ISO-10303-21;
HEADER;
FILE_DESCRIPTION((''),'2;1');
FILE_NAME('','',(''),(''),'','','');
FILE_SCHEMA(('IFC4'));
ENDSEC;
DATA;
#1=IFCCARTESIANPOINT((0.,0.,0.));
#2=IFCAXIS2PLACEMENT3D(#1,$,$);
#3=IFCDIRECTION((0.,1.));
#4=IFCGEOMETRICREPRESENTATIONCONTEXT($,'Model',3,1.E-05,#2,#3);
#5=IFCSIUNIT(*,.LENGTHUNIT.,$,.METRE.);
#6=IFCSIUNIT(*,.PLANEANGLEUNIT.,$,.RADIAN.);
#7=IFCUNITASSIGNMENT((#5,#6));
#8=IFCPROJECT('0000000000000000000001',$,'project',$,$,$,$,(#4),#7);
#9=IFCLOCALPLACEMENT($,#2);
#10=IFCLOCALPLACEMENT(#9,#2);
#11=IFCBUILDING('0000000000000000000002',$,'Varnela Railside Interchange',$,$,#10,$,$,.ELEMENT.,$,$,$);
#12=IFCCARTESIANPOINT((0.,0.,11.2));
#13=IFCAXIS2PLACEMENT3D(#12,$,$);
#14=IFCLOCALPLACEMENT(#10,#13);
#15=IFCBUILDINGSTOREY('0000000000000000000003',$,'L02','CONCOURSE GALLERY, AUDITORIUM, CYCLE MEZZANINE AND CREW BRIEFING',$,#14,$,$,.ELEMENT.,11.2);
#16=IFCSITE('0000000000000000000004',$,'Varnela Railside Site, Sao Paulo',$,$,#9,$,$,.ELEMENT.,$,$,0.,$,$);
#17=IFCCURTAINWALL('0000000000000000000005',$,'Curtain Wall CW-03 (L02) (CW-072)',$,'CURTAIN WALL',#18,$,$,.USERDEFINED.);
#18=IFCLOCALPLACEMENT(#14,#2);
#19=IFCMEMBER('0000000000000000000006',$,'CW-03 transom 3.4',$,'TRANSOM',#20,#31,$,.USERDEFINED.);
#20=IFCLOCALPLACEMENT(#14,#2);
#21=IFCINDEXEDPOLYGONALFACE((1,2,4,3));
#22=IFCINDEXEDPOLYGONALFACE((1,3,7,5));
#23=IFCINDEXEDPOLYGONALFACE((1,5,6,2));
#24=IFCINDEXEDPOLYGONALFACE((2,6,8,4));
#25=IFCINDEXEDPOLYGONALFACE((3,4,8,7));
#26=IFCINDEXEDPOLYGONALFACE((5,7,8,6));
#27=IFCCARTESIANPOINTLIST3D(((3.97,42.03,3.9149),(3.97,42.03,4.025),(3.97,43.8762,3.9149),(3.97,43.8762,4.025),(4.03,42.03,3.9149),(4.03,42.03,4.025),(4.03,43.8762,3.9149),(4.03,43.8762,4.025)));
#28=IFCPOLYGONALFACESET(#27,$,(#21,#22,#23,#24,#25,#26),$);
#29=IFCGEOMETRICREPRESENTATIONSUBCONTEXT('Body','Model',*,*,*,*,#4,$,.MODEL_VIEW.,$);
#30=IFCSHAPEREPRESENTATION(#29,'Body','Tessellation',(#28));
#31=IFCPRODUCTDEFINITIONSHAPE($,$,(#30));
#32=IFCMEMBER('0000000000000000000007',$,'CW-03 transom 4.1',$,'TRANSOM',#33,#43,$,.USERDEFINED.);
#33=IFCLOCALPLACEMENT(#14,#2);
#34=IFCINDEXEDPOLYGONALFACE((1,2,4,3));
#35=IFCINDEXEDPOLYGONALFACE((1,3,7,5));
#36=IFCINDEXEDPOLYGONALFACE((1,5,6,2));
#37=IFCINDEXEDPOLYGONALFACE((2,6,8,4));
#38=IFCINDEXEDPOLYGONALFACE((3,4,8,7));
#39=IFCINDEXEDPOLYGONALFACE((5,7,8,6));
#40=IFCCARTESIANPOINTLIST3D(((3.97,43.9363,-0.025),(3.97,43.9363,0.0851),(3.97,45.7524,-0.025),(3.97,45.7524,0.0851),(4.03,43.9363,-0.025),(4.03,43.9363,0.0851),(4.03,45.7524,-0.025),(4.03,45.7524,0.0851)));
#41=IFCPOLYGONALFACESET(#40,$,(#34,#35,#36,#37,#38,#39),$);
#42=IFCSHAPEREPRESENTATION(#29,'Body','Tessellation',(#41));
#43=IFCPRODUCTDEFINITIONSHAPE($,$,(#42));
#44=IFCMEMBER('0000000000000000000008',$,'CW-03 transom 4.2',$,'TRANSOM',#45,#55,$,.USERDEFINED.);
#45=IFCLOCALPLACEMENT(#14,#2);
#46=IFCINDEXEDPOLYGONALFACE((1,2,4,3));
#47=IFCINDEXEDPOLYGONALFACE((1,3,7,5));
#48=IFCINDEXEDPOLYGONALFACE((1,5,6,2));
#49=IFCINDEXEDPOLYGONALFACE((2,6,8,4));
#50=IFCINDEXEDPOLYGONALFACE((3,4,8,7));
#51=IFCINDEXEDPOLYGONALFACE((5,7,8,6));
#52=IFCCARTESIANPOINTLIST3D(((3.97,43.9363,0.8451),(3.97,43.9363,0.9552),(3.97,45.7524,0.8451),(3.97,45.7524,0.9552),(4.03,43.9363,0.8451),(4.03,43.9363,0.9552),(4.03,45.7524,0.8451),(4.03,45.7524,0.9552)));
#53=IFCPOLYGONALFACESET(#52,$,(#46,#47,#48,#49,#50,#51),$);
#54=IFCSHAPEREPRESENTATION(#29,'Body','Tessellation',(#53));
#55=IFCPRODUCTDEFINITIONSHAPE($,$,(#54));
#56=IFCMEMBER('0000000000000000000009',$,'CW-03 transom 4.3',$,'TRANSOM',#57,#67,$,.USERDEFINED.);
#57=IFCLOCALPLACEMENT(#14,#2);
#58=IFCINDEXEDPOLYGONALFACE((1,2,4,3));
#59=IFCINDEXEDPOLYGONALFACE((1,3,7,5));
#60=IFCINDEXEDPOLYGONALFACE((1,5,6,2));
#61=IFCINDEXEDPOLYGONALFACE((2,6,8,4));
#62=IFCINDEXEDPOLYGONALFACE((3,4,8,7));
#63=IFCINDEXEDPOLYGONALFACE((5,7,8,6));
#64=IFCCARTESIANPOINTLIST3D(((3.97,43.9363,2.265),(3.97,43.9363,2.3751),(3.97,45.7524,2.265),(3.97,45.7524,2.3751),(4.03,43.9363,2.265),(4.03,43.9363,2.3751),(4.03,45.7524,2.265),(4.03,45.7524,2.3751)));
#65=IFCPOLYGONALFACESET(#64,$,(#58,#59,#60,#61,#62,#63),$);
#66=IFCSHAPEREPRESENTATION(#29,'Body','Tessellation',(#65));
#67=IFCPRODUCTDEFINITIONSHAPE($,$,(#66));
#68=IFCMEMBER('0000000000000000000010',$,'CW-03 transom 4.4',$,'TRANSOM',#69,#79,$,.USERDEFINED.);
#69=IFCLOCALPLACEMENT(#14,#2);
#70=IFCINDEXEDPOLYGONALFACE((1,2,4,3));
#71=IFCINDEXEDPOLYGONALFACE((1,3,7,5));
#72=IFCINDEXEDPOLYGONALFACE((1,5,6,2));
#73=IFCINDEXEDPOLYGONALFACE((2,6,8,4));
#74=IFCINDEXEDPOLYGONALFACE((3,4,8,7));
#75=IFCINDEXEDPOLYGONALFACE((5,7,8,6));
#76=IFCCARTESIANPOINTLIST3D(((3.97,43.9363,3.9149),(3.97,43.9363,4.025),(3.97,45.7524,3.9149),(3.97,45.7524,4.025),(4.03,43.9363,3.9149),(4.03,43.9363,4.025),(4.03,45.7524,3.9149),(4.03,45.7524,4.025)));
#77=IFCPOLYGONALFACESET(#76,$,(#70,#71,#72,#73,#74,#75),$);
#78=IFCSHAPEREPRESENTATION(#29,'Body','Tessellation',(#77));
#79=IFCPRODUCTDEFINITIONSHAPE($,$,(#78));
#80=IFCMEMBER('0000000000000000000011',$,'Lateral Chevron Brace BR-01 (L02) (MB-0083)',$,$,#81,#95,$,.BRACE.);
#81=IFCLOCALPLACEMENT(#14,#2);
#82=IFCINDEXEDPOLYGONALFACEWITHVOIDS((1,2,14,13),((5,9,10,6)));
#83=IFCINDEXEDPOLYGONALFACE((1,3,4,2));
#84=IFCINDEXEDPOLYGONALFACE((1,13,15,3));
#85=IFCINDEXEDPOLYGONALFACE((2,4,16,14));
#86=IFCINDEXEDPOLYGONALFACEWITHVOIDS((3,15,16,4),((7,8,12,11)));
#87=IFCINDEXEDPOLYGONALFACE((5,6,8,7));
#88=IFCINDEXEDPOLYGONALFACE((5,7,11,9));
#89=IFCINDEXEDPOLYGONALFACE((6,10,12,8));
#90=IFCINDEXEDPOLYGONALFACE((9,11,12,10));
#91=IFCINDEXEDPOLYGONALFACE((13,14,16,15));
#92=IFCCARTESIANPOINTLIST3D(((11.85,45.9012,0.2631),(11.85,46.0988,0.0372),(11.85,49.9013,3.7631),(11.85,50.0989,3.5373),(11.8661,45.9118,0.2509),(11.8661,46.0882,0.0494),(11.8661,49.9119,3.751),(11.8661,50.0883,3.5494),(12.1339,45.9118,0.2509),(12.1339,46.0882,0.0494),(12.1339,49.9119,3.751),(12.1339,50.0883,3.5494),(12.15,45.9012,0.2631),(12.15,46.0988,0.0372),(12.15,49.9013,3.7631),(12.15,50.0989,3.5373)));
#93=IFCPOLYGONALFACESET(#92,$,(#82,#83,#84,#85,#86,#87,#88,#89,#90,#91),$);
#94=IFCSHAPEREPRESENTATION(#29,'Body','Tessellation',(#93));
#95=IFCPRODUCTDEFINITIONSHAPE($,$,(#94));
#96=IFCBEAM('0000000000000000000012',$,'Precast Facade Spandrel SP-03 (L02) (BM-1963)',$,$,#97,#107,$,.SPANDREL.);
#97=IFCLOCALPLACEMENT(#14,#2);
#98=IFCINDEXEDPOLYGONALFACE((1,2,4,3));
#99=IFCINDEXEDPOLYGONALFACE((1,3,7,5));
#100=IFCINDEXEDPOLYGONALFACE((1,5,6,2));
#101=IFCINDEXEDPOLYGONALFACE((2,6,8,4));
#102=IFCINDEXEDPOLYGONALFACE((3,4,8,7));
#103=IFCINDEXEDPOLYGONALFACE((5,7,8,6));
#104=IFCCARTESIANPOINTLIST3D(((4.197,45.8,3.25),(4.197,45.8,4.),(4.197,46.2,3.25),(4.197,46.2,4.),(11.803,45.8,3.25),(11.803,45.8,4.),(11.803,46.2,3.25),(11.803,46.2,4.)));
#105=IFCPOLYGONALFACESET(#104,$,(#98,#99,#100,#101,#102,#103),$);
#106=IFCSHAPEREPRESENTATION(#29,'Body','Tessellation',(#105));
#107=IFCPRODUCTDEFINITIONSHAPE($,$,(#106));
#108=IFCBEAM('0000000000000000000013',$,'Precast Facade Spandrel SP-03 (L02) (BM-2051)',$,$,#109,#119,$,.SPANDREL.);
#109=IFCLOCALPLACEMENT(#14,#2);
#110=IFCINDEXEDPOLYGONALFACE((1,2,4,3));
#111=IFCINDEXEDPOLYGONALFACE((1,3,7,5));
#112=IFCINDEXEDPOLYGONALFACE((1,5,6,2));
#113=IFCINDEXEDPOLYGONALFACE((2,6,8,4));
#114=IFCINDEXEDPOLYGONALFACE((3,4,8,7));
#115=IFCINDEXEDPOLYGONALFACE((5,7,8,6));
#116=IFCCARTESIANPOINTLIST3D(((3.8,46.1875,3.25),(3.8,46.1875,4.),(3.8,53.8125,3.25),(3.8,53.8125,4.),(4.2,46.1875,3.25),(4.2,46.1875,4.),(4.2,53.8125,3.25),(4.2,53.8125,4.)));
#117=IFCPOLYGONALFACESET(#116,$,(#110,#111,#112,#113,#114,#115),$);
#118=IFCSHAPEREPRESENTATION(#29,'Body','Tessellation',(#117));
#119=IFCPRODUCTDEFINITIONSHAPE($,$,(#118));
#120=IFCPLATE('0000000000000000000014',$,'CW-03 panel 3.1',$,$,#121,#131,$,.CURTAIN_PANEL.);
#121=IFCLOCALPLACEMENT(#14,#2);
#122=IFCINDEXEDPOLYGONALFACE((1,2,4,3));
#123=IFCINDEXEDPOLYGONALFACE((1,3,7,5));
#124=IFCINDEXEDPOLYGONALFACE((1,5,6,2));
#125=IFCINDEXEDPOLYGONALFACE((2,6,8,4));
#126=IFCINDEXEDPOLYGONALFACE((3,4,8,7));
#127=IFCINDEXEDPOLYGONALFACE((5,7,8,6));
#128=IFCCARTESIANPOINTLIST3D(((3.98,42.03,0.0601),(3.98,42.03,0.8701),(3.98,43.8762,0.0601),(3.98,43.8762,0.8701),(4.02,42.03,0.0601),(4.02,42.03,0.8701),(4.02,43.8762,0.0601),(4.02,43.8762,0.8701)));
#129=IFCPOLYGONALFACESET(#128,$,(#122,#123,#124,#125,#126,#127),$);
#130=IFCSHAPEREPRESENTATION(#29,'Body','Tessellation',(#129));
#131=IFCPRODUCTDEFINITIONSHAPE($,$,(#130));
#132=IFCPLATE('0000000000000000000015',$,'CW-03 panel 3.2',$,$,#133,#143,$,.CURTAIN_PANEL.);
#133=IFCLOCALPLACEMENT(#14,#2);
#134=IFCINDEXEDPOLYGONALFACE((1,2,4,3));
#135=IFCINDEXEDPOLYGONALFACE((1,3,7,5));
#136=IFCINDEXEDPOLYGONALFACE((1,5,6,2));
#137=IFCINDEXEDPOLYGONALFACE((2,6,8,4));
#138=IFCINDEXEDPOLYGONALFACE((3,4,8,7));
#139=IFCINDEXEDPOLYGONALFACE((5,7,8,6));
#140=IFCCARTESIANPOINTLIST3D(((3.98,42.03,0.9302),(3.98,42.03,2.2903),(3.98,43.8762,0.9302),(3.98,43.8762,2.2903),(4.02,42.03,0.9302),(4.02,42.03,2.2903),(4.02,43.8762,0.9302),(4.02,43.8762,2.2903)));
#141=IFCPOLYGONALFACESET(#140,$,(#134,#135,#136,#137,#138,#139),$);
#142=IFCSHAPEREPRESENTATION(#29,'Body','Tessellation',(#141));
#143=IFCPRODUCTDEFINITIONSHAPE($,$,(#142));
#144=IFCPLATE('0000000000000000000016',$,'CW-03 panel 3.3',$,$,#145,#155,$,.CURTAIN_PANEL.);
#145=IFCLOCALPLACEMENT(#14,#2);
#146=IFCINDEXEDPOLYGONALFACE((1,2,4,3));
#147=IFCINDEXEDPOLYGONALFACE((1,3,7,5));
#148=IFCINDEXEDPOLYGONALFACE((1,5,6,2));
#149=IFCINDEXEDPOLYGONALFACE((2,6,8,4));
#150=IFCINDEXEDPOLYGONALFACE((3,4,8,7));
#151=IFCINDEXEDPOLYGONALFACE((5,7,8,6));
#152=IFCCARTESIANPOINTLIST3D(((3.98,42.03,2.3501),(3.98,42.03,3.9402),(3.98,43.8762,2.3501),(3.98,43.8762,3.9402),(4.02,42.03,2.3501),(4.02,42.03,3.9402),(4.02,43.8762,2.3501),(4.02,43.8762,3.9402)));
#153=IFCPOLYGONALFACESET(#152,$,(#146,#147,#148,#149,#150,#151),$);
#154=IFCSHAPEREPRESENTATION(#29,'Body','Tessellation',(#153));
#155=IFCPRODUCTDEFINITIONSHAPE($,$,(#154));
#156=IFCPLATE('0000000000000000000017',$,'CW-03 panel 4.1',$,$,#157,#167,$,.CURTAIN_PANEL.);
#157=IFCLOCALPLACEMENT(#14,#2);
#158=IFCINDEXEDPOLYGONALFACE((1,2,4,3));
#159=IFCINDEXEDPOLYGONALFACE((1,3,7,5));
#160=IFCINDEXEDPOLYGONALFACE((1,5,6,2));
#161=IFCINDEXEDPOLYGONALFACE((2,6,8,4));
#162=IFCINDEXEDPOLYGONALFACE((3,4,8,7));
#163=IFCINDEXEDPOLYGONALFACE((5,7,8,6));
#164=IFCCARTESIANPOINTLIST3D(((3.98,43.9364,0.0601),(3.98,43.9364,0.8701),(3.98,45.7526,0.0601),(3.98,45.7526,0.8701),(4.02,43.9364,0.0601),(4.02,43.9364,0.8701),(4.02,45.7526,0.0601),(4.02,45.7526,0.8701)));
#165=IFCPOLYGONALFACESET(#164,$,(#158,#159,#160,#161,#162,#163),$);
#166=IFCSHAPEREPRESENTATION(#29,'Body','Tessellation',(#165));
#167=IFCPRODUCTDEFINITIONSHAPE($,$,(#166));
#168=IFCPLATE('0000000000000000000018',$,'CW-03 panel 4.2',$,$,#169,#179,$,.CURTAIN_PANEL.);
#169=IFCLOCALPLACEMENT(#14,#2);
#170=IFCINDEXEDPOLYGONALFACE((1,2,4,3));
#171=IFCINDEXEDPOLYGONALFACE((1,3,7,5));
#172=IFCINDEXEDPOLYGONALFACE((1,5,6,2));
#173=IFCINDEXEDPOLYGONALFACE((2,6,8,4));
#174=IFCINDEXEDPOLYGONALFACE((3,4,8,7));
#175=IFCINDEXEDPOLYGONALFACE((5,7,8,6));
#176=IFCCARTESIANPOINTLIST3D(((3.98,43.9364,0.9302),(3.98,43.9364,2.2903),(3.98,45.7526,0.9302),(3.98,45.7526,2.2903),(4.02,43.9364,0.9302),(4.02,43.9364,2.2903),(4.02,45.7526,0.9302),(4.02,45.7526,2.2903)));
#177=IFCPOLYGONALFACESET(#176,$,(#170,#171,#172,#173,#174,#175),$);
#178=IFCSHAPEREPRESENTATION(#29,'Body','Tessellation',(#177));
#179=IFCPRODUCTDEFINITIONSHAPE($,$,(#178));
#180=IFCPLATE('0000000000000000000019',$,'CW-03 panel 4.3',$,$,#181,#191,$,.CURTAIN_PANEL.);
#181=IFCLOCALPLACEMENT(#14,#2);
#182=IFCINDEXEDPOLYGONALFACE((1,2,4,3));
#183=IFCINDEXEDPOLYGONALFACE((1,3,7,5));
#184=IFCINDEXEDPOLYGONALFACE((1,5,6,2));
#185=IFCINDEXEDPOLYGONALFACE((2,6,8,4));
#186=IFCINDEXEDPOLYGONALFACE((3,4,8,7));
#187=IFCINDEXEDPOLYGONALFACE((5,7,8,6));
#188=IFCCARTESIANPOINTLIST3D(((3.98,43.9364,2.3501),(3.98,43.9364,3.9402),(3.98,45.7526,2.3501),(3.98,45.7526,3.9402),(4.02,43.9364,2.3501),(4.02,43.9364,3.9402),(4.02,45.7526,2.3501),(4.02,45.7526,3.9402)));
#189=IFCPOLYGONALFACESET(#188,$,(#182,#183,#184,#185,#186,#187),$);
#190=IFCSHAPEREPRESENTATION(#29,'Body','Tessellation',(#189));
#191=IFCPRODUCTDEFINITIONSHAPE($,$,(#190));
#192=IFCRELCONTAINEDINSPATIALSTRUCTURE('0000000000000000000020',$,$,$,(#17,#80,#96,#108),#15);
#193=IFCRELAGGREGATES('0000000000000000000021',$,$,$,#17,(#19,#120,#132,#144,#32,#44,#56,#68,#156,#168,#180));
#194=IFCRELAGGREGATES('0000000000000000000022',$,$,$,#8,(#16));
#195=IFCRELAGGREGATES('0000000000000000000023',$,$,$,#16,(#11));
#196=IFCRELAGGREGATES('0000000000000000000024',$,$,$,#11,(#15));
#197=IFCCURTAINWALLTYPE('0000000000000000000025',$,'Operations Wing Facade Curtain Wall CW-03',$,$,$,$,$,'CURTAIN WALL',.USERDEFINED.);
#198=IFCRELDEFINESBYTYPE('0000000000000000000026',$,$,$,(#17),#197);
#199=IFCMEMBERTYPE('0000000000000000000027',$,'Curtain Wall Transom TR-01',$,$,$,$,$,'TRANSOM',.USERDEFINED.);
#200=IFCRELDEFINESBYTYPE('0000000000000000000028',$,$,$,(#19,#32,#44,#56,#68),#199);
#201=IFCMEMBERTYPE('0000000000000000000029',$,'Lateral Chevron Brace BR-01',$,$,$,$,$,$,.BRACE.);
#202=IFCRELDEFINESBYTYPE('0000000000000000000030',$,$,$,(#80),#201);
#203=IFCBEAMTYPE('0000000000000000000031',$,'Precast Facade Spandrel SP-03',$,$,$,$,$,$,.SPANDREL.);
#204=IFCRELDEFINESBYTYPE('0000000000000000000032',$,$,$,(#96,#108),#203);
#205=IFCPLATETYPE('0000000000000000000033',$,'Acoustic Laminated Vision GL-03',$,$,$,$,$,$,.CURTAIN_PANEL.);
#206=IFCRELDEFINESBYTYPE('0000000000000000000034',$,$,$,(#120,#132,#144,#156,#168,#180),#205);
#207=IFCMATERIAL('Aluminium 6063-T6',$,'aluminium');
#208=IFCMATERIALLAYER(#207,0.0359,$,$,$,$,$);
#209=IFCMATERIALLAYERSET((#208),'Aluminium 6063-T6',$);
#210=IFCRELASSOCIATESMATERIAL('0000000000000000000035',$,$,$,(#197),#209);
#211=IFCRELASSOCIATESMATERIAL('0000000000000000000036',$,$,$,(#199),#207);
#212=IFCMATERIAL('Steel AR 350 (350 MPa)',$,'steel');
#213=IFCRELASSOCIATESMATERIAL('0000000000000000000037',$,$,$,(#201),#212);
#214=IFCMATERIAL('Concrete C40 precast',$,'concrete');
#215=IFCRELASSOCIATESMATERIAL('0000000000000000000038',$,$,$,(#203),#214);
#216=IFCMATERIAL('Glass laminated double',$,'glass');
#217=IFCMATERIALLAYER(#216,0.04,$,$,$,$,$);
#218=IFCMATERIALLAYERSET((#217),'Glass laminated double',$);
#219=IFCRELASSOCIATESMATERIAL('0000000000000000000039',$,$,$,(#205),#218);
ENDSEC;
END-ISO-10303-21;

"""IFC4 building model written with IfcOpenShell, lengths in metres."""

from ifc_helpers import new_model, si_unit, direction, frame, origin, origin_2d, place, context, subcontext, project, spatial, rectangle, hollow_rectangle, extrude, material, layer, layer_set, material_profile, profile_set, type_object, element, aggregate, save


model = new_model("IFC4")

# Units and contexts
model_context = context("Model", 3, precision=1e-05, world=origin(), true_north=direction((0.0, 1.0)))
body_context = subcontext(model_context, "Body", "Model", "MODEL_VIEW")
ifc_project = project(units=[si_unit("LENGTHUNIT", "METRE"), si_unit("PLANEANGLEUNIT", "RADIAN")], contexts=[model_context])

# Site, building, storey
site_placement = place(None, origin())
site = spatial("IfcSite", under=ifc_project, at=site_placement, Name="Varnela Railside Site, Sao Paulo", CompositionType="ELEMENT", RefElevation=0.0)
building_placement = place(site_placement, origin())
building = spatial("IfcBuilding", under=site, at=building_placement, Name="Varnela Railside Interchange", CompositionType="ELEMENT")
storey_placement = place(building_placement, frame((0.0, 0.0, 11.2)))
storey = spatial("IfcBuildingStorey", under=building, at=storey_placement, Name="L02", Description="CONCOURSE GALLERY, AUDITORIUM, CYCLE MEZZANINE AND CREW BRIEFING", CompositionType="ELEMENT", Elevation=11.2)

# Shared definitions
ifc_material_1 = material(Name="Steel AR 350 (350 MPa)", Category="steel")

# Curtain wall, members
ifc_material_2 = material(Name="Aluminium 6063-T6", Category="aluminium")
ifc_layer_1 = layer(ifc_material_2, 0.0359)
ifc_layer_set_1 = layer_set([ifc_layer_1], Name="Aluminium 6063-T6")
curtain_wall_type = type_object("IfcCurtainWallType", Name="Operations Wing Facade Curtain Wall CW-03", ElementType="CURTAIN WALL", PredefinedType="USERDEFINED", material=ifc_layer_set_1)
curtain_wall_placement = place(storey_placement, origin())
curtain_wall = element("IfcCurtainWall", 1, at=curtain_wall_placement, inside=storey, type_object=curtain_wall_type, Name="Curtain Wall CW-03 (L02) (CW-072)", ObjectType="CURTAIN WALL", PredefinedType="USERDEFINED")
ifc_material_profile_1 = material_profile(ifc_material_2, rectangle(XDim=0.0601, YDim=0.1101, at=origin_2d()), Name="ALU 60x110")
ifc_profile_set_1 = profile_set([ifc_material_profile_1], Name="Aluminium 6063-T6")
member_type_1 = type_object("IfcMemberType", Name="Curtain Wall Transom TR-01", ElementType="TRANSOM", PredefinedType="USERDEFINED", material=ifc_profile_set_1)
member_1_placement = place(storey_placement, frame((4.0, 42.03, 3.97), z_axis=(0.0, 1.0, 0.0), x_axis=(-1.0, 0.0, 0.0)))
member_1 = element("IfcMember", 2, at=member_1_placement, type_object=member_type_1, Name="CW-03 transom 3.4", ObjectType="TRANSOM", PredefinedType="USERDEFINED", context=body_context, shape_type="SweptSolid", body=[
    extrude(rectangle(XDim=0.0601, YDim=0.1101, at=origin_2d()), origin(), (0.0, 0.0, 1.0), 1.8462),
])
member_2_placement = place(storey_placement, frame((4.0, 43.9363, 0.03), z_axis=(0.0, 1.0, 0.0), x_axis=(-1.0, 0.0, 0.0)))
member_2 = element("IfcMember", 3, at=member_2_placement, type_object=member_type_1, Name="CW-03 transom 4.1", ObjectType="TRANSOM", PredefinedType="USERDEFINED", context=body_context, shape_type="SweptSolid", body=[
    extrude(rectangle(XDim=0.0601, YDim=0.1101, at=origin_2d()), origin(), (0.0, 0.0, 1.0), 1.8162),
])
member_3_placement = place(storey_placement, frame((4.0, 43.9363, 0.9001), z_axis=(0.0, 1.0, 0.0), x_axis=(-1.0, 0.0, 0.0)))
member_3 = element("IfcMember", 4, at=member_3_placement, type_object=member_type_1, Name="CW-03 transom 4.2", ObjectType="TRANSOM", PredefinedType="USERDEFINED", context=body_context, shape_type="SweptSolid", body=[
    extrude(rectangle(XDim=0.0601, YDim=0.1101, at=origin_2d()), origin(), (0.0, 0.0, 1.0), 1.8162),
])
member_4_placement = place(storey_placement, frame((4.0, 43.9363, 2.3201), z_axis=(0.0, 1.0, 0.0), x_axis=(-1.0, 0.0, 0.0)))
member_4 = element("IfcMember", 5, at=member_4_placement, type_object=member_type_1, Name="CW-03 transom 4.3", ObjectType="TRANSOM", PredefinedType="USERDEFINED", context=body_context, shape_type="SweptSolid", body=[
    extrude(rectangle(XDim=0.0601, YDim=0.1101, at=origin_2d()), origin(), (0.0, 0.0, 1.0), 1.8162),
])
member_5_placement = place(storey_placement, frame((4.0, 43.9363, 3.97), z_axis=(0.0, 1.0, 0.0), x_axis=(-1.0, 0.0, 0.0)))
member_5 = element("IfcMember", 6, at=member_5_placement, type_object=member_type_1, Name="CW-03 transom 4.4", ObjectType="TRANSOM", PredefinedType="USERDEFINED", context=body_context, shape_type="SweptSolid", body=[
    extrude(rectangle(XDim=0.0601, YDim=0.1101, at=origin_2d()), origin(), (0.0, 0.0, 1.0), 1.8162),
])

# Member
ifc_material_profile_2 = material_profile(ifc_material_1, hollow_rectangle(XDim=0.3, YDim=0.3, WallThickness=0.0161, at=origin_2d()), Name="HSS 300x300x16")
ifc_profile_set_2 = profile_set([ifc_material_profile_2], Name="Steel AR 350 (350 MPa)")
member_type_2 = type_object("IfcMemberType", Name="Lateral Chevron Brace BR-01", PredefinedType="BRACE", material=ifc_profile_set_2)
member_6_placement = place(storey_placement, frame((12.0, 46.0, 0.1501), z_axis=(0.0, 0.752577, 0.658505), x_axis=(-1.0, 0.0, 0.0)))
element("IfcMember", 7, at=member_6_placement, inside=storey, type_object=member_type_2, Name="Lateral Chevron Brace BR-01 (L02) (MB-0083)", PredefinedType="BRACE", context=body_context, shape_type="SweptSolid", body=[
    extrude(hollow_rectangle(XDim=0.3, YDim=0.3, WallThickness=0.0161, at=origin_2d()), origin(), (0.0, 0.0, 1.0), 5.3152),
])

# Beams
ifc_material_3 = material(Name="Concrete C40 precast", Category="concrete")
ifc_material_profile_3 = material_profile(ifc_material_3, rectangle(XDim=0.3999, YDim=0.75, at=origin_2d()), Name="PC 400x750")
ifc_profile_set_3 = profile_set([ifc_material_profile_3], Name="Concrete C40 precast")
beam_type_1 = type_object("IfcBeamType", Name="Precast Facade Spandrel SP-03", PredefinedType="SPANDREL", material=ifc_profile_set_3)
beam_1_placement = place(storey_placement, frame((4.197, 46.0, 3.625), z_axis=(1.0, 0.0, 0.0), x_axis=(0.0, 1.0, 0.0)))
element("IfcBeam", 8, at=beam_1_placement, inside=storey, type_object=beam_type_1, Name="Precast Facade Spandrel SP-03 (L02) (BM-1963)", PredefinedType="SPANDREL", context=body_context, shape_type="SweptSolid", body=[
    extrude(rectangle(XDim=0.3999, YDim=0.75, at=origin_2d()), origin(), (0.0, 0.0, 1.0), 7.606),
])
beam_2_placement = place(storey_placement, frame((4.0, 46.1875, 3.625), z_axis=(0.0, 1.0, 0.0), x_axis=(-1.0, 0.0, 0.0)))
element("IfcBeam", 9, at=beam_2_placement, inside=storey, type_object=beam_type_1, Name="Precast Facade Spandrel SP-03 (L02) (BM-2051)", PredefinedType="SPANDREL", context=body_context, shape_type="SweptSolid", body=[
    extrude(rectangle(XDim=0.3999, YDim=0.75, at=origin_2d()), origin(), (0.0, 0.0, 1.0), 7.625),
])

# Plates
ifc_material_4 = material(Name="Glass laminated double", Category="glass")
ifc_layer_2 = layer(ifc_material_4, 0.04)
ifc_layer_set_2 = layer_set([ifc_layer_2], Name="Glass laminated double")
plate_type = type_object("IfcPlateType", Name="Acoustic Laminated Vision GL-03", PredefinedType="CURTAIN_PANEL", material=ifc_layer_set_2)
plate_1_placement = place(storey_placement, frame((4.0, 42.9531, 0.0601), z_axis=(0.0, 0.0, 1.0), x_axis=(0.0, 1.0, 0.0)))
plate_1 = element("IfcPlate", 10, at=plate_1_placement, type_object=plate_type, Name="CW-03 panel 3.1", PredefinedType="CURTAIN_PANEL", context=body_context, shape_type="SweptSolid", body=[
    extrude(rectangle(XDim=1.8462, YDim=0.04, at=origin_2d()), origin(), (0.0, 0.0, 1.0), 0.8101),
])
plate_2_placement = place(storey_placement, frame((4.0, 42.9531, 0.9302), z_axis=(0.0, 0.0, 1.0), x_axis=(0.0, 1.0, 0.0)))
plate_2 = element("IfcPlate", 11, at=plate_2_placement, type_object=plate_type, Name="CW-03 panel 3.2", PredefinedType="CURTAIN_PANEL", context=body_context, shape_type="SweptSolid", body=[
    extrude(rectangle(XDim=1.8462, YDim=0.04, at=origin_2d()), origin(), (0.0, 0.0, 1.0), 1.3601),
])
plate_3_placement = place(storey_placement, frame((4.0, 42.9531, 2.3501), z_axis=(0.0, 0.0, 1.0), x_axis=(0.0, 1.0, 0.0)))
plate_3 = element("IfcPlate", 12, at=plate_3_placement, type_object=plate_type, Name="CW-03 panel 3.3", PredefinedType="CURTAIN_PANEL", context=body_context, shape_type="SweptSolid", body=[
    extrude(rectangle(XDim=1.8462, YDim=0.04, at=origin_2d()), origin(), (0.0, 0.0, 1.0), 1.5901),
])
plate_4_placement = place(storey_placement, frame((4.0, 44.8445, 0.0601), z_axis=(0.0, 0.0, 1.0), x_axis=(0.0, 1.0, 0.0)))
plate_4 = element("IfcPlate", 13, at=plate_4_placement, type_object=plate_type, Name="CW-03 panel 4.1", PredefinedType="CURTAIN_PANEL", context=body_context, shape_type="SweptSolid", body=[
    extrude(rectangle(XDim=1.8162, YDim=0.04, at=origin_2d()), origin(), (0.0, 0.0, 1.0), 0.8101),
])
plate_5_placement = place(storey_placement, frame((4.0, 44.8445, 0.9302), z_axis=(0.0, 0.0, 1.0), x_axis=(0.0, 1.0, 0.0)))
plate_5 = element("IfcPlate", 14, at=plate_5_placement, type_object=plate_type, Name="CW-03 panel 4.2", PredefinedType="CURTAIN_PANEL", context=body_context, shape_type="SweptSolid", body=[
    extrude(rectangle(XDim=1.8162, YDim=0.04, at=origin_2d()), origin(), (0.0, 0.0, 1.0), 1.3601),
])
plate_6_placement = place(storey_placement, frame((4.0, 44.8445, 2.3501), z_axis=(0.0, 0.0, 1.0), x_axis=(0.0, 1.0, 0.0)))
plate_6 = element("IfcPlate", 15, at=plate_6_placement, type_object=plate_type, Name="CW-03 panel 4.3", PredefinedType="CURTAIN_PANEL", context=body_context, shape_type="SweptSolid", body=[
    extrude(rectangle(XDim=1.8162, YDim=0.04, at=origin_2d()), origin(), (0.0, 0.0, 1.0), 1.5901),
])
aggregate(curtain_wall, [member_1, plate_1, plate_2, plate_3, member_2, member_3, member_4, member_5, plate_4, plate_5, plate_6])

save(model, "model.ifc")
